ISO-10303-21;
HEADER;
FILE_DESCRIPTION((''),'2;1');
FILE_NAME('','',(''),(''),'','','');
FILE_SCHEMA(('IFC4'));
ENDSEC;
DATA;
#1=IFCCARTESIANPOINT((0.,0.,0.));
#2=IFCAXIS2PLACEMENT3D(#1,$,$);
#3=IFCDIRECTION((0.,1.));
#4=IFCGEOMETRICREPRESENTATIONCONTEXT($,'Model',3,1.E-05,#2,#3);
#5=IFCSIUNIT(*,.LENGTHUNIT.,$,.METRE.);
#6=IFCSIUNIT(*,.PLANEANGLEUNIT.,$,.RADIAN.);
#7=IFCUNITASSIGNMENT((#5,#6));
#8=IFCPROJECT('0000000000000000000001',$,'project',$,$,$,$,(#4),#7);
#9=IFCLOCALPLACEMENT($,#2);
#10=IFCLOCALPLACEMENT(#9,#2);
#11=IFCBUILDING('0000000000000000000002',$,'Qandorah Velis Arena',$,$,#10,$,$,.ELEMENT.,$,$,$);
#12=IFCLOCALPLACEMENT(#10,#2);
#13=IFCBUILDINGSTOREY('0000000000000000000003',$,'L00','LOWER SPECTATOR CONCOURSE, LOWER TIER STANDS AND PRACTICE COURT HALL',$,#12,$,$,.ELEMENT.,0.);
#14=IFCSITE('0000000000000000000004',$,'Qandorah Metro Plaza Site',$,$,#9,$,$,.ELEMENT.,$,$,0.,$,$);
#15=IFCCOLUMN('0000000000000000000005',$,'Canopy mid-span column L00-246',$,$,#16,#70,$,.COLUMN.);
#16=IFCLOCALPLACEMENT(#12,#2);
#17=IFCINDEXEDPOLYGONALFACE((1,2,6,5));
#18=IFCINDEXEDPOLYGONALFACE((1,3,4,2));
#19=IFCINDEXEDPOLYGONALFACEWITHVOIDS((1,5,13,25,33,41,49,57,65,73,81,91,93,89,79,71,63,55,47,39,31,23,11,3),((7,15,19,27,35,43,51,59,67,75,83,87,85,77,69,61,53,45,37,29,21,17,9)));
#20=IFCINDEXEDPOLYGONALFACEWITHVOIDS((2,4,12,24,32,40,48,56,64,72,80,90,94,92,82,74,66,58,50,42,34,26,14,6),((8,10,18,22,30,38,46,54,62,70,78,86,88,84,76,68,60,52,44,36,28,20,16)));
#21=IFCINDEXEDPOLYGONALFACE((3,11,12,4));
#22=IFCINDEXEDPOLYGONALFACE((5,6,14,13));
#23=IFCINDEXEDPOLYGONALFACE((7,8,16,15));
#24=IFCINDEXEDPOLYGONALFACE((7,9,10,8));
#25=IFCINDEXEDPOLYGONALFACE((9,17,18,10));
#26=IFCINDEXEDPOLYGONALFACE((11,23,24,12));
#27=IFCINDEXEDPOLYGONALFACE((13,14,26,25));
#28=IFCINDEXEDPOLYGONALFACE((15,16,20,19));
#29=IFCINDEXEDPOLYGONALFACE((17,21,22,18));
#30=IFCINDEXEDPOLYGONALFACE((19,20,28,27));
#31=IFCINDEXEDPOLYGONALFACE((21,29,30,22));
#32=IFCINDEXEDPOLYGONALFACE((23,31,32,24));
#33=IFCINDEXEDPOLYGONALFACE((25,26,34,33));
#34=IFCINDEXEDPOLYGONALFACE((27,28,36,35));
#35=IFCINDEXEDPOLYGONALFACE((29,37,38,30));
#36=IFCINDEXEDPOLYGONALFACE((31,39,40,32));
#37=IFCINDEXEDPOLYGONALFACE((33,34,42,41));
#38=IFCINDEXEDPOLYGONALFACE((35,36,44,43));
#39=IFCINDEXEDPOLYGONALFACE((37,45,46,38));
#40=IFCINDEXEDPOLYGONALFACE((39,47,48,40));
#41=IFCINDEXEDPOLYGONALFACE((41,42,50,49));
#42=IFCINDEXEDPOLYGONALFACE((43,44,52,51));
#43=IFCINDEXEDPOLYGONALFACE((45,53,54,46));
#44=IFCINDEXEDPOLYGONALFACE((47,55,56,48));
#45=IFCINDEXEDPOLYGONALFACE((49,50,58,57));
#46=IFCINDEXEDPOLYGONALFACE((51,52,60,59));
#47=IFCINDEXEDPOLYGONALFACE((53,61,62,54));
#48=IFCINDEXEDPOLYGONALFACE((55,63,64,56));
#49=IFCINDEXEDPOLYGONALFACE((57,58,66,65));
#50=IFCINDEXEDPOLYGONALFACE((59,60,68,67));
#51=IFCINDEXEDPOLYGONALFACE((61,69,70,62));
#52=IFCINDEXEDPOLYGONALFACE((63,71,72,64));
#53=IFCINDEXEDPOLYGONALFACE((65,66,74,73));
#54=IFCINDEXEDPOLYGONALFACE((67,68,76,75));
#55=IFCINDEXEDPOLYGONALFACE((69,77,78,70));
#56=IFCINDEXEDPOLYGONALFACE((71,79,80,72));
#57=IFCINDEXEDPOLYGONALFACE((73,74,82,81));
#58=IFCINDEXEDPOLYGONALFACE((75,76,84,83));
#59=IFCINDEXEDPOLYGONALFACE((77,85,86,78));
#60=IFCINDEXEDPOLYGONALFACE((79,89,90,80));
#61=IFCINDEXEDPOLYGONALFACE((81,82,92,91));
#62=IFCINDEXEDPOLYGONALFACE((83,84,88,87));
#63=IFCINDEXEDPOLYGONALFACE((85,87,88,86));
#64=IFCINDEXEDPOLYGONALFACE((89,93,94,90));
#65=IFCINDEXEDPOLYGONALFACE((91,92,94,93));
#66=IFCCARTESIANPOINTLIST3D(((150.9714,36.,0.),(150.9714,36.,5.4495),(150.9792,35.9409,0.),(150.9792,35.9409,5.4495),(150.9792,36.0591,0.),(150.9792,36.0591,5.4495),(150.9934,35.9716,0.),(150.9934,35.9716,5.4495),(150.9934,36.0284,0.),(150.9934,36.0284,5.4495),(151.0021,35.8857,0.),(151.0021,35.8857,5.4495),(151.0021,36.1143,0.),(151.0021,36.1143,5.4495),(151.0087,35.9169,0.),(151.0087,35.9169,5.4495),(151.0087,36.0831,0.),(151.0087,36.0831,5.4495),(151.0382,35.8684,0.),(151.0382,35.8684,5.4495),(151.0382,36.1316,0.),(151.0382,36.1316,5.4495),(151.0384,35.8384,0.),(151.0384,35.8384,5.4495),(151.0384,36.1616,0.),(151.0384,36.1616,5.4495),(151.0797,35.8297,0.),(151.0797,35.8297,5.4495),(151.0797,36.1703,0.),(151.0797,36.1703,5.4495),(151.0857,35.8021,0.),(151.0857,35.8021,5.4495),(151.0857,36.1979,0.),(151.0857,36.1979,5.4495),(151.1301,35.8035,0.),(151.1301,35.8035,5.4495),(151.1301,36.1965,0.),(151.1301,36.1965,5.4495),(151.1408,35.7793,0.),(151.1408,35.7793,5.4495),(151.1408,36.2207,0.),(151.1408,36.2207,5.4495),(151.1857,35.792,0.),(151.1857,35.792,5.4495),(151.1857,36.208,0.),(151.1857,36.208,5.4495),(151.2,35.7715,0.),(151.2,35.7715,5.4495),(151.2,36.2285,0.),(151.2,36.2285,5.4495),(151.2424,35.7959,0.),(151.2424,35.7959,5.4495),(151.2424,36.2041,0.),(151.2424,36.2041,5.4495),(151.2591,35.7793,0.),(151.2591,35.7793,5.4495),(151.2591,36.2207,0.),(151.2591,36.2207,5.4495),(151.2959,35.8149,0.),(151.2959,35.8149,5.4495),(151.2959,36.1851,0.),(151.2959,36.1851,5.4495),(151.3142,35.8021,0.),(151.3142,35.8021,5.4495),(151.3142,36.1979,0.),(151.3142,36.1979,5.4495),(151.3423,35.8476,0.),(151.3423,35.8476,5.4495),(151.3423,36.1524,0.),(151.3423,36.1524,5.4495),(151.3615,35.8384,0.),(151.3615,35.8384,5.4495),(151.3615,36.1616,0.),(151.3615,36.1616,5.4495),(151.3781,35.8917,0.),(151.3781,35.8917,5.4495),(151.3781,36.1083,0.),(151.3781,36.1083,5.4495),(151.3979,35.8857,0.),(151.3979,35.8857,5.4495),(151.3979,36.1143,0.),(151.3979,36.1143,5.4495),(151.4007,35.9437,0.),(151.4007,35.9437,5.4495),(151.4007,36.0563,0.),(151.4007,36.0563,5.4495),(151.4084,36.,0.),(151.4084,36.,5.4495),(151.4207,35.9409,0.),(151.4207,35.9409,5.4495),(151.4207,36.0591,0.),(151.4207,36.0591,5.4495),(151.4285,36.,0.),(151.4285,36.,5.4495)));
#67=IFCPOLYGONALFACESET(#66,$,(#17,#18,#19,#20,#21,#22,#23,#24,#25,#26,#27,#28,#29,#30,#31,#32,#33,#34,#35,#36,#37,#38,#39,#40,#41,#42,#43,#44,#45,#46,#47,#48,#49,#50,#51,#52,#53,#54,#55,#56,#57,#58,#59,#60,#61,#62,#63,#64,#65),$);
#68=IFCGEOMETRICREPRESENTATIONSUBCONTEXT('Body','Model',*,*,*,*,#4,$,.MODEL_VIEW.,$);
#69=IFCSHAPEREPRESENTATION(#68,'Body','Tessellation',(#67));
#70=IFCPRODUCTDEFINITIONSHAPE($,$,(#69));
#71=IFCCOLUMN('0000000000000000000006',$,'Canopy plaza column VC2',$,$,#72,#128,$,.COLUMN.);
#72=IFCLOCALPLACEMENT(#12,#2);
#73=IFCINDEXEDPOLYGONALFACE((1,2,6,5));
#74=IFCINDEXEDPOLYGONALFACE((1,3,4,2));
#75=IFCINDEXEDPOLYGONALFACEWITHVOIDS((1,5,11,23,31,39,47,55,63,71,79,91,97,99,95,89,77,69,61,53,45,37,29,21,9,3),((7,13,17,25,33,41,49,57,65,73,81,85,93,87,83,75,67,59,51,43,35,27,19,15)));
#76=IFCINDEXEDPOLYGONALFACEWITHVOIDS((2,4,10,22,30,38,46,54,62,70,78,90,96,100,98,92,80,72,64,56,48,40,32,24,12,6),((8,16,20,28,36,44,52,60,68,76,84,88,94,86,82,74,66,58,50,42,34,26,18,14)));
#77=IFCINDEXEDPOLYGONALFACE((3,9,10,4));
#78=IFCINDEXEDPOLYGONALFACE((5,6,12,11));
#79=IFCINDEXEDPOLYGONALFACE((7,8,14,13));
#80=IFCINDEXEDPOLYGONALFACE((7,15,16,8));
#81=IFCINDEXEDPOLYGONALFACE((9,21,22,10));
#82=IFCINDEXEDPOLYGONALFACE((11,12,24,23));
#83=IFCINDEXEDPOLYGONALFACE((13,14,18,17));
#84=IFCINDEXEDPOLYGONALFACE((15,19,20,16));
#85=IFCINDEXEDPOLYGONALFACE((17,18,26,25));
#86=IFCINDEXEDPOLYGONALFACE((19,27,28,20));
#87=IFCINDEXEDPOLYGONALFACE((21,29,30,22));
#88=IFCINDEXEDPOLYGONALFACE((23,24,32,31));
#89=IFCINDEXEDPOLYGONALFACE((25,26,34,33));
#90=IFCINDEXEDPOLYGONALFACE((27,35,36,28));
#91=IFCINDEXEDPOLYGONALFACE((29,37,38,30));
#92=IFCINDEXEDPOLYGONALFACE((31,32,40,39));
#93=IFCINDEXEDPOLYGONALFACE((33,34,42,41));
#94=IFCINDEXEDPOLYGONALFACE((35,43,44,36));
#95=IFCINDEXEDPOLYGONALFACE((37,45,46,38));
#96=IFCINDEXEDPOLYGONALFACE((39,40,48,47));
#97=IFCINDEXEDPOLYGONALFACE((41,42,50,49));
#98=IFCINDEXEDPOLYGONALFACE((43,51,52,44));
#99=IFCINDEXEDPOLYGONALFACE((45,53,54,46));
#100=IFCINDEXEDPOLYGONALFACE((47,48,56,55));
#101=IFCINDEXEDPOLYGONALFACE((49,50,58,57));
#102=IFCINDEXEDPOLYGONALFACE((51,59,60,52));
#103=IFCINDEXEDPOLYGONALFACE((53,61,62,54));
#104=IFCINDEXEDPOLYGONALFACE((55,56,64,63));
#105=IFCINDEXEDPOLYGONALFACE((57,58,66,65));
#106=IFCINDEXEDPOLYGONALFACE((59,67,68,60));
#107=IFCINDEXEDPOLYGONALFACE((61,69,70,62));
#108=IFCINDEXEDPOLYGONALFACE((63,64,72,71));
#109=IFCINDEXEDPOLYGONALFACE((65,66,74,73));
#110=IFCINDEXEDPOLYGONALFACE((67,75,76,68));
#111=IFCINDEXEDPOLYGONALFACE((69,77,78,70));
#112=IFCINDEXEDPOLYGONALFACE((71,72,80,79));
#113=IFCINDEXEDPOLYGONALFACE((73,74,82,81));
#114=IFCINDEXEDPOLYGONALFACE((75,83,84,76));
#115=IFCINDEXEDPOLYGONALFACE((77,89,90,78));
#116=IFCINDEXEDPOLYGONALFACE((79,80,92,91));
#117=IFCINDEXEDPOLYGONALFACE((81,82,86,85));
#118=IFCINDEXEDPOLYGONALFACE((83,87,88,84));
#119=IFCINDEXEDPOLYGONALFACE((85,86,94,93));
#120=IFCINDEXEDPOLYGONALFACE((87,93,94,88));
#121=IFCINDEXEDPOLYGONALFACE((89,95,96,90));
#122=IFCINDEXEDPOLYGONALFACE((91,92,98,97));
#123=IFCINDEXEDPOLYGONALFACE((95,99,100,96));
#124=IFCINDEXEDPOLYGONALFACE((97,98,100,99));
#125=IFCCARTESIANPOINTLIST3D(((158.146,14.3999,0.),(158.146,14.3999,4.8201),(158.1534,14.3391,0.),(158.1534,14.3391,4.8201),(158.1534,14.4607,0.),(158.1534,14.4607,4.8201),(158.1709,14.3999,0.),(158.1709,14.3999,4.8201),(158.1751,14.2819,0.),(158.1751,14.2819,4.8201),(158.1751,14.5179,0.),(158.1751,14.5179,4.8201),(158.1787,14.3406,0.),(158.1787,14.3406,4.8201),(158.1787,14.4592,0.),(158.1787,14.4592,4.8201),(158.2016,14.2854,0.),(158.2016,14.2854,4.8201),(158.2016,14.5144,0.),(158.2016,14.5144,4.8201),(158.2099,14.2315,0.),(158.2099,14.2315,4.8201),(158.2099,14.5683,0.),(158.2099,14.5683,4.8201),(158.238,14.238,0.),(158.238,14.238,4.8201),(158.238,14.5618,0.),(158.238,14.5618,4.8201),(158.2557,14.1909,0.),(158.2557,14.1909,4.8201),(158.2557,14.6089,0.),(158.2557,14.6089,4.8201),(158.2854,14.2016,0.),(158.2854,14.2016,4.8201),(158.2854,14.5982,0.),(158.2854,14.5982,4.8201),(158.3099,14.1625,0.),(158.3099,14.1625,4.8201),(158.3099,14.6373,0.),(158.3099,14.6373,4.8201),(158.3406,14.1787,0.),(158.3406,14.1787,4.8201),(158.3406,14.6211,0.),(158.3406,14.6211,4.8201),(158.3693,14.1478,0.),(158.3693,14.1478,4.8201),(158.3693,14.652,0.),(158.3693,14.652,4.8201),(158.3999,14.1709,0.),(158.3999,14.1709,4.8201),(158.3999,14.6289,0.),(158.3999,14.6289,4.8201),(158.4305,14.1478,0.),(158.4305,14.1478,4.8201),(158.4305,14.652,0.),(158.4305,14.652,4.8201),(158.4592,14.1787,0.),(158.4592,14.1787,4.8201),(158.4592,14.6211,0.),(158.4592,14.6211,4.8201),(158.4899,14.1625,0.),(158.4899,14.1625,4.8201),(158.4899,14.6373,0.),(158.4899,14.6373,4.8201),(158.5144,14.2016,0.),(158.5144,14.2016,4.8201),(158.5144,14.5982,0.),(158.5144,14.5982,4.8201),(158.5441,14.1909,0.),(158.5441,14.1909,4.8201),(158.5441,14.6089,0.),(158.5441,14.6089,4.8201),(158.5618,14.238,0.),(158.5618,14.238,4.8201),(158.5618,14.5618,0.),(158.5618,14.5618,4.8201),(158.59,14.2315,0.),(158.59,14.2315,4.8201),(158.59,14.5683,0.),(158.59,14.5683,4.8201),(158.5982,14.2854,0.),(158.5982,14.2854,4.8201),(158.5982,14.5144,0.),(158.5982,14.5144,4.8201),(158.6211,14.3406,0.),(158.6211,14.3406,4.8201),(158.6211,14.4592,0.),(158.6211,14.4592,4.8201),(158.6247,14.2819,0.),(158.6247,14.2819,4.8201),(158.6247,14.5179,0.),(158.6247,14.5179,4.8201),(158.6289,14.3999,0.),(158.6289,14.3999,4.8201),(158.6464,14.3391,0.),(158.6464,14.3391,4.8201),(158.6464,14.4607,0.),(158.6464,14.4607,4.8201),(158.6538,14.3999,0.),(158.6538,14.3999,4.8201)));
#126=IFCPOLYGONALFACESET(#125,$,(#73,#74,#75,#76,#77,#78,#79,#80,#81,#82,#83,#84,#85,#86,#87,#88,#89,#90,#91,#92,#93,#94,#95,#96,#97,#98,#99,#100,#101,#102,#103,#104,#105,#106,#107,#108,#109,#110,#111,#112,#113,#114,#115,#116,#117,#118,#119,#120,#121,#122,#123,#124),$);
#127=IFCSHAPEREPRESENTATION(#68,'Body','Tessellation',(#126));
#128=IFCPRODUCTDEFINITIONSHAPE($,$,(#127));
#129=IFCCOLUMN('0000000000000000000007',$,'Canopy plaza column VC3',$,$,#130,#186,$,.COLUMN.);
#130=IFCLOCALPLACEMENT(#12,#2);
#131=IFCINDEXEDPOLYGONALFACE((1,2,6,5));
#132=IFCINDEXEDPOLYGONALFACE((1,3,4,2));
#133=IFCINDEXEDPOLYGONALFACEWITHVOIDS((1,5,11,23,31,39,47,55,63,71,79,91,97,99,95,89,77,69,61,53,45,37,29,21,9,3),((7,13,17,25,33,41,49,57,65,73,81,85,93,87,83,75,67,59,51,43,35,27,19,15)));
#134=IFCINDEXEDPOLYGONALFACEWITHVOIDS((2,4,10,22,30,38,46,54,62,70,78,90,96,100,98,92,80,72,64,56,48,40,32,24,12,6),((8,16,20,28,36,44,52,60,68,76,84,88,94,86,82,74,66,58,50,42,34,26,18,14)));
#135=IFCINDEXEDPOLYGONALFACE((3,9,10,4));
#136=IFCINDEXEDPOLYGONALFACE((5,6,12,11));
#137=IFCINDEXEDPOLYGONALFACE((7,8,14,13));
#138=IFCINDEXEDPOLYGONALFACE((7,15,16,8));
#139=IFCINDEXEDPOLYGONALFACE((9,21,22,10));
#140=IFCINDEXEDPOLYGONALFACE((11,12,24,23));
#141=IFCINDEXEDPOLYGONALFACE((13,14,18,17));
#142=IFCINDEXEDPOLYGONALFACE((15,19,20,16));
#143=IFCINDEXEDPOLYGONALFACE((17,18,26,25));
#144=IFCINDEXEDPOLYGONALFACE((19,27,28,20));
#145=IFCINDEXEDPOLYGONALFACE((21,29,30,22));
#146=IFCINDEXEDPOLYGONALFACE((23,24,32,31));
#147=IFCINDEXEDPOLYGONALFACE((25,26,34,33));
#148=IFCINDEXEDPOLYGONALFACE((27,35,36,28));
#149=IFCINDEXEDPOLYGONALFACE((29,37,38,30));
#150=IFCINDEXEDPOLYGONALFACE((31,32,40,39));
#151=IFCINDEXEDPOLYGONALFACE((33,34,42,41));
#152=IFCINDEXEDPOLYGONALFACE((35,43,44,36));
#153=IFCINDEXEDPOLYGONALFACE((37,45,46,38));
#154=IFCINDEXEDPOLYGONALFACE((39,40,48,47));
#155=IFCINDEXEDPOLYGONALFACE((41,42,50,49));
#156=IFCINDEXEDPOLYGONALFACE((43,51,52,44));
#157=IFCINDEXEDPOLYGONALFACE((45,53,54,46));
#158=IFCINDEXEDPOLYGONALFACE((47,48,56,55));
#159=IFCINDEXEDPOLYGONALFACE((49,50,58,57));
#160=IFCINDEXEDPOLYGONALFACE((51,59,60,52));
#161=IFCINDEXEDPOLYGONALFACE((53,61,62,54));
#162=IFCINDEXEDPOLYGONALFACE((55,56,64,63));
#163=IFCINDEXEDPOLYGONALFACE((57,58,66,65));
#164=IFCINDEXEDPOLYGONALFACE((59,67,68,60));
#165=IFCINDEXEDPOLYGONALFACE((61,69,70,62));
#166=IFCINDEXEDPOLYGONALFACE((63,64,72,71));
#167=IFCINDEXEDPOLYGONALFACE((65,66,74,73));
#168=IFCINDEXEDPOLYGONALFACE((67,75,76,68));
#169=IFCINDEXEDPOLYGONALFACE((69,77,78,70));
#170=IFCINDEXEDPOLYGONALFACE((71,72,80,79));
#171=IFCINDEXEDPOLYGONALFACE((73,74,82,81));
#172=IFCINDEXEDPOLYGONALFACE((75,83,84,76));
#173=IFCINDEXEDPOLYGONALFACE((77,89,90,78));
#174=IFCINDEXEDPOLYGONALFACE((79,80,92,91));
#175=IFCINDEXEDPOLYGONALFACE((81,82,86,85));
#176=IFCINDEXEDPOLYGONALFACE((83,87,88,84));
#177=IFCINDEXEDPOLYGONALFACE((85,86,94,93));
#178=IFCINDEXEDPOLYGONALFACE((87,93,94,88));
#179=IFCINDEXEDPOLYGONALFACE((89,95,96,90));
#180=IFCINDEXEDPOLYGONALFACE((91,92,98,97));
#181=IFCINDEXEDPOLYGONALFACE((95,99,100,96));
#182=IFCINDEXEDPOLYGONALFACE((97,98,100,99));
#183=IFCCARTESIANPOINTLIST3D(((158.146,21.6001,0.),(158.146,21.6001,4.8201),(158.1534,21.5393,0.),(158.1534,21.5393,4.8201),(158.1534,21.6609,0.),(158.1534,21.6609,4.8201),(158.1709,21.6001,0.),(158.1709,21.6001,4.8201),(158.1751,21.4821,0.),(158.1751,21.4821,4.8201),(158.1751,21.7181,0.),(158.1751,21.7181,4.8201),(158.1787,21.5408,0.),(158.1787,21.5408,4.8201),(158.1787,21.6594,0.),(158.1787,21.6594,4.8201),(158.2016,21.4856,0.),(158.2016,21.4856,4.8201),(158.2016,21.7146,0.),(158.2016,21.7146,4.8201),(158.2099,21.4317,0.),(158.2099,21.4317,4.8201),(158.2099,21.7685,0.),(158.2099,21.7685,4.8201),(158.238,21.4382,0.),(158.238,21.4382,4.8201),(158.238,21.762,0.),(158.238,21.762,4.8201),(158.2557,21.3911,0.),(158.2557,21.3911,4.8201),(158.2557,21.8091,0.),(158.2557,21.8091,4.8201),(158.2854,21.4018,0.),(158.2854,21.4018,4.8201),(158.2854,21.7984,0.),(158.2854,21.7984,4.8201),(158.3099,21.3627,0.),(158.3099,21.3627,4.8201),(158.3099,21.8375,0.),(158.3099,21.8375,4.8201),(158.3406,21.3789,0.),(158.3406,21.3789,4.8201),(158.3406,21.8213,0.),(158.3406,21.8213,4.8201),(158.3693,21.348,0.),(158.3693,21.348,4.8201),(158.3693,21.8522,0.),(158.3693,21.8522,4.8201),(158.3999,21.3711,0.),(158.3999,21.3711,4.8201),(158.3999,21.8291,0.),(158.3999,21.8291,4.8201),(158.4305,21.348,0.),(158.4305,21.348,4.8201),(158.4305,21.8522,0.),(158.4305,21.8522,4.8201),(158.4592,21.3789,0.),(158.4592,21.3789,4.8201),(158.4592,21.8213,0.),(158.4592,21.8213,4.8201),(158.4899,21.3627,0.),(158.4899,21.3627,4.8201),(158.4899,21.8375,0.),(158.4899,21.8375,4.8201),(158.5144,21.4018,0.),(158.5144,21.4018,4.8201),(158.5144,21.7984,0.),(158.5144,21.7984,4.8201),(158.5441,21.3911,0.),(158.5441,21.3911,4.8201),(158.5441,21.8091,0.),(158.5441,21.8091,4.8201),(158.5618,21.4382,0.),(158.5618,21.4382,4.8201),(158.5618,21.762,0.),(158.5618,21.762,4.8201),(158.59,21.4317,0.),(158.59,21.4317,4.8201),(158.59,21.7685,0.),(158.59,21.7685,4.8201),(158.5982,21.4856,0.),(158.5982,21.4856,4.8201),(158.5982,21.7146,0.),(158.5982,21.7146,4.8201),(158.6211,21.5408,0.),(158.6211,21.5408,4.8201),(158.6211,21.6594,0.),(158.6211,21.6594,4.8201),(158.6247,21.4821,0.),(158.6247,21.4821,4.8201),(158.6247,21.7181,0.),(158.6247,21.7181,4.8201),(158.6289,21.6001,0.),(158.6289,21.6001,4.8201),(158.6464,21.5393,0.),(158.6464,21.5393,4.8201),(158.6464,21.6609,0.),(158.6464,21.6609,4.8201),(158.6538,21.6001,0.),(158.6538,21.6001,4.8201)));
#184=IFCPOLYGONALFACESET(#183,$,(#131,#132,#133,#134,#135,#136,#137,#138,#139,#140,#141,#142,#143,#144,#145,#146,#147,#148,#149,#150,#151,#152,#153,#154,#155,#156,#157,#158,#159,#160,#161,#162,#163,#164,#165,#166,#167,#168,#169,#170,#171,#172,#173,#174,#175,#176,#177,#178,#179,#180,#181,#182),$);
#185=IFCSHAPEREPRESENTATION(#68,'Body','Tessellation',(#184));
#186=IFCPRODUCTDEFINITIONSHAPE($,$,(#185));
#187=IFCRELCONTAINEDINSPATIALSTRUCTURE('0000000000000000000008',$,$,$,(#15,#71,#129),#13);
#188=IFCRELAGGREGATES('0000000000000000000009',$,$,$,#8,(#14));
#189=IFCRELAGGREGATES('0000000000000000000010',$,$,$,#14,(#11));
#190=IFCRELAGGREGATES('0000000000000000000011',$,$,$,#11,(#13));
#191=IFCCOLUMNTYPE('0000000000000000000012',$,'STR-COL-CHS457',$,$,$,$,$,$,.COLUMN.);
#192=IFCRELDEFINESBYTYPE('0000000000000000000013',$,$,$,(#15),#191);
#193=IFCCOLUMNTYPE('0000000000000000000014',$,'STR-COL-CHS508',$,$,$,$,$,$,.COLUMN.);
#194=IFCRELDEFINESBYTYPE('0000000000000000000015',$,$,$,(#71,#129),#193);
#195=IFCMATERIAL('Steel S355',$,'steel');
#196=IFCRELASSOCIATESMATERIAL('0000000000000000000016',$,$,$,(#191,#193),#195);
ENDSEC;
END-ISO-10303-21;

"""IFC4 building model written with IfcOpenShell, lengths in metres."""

from ifc_helpers import new_model, si_unit, direction, frame, origin, origin_2d, place, context, subcontext, project, spatial, hollow_circle, extrude, material, material_profile, profile_set, type_object, element, save


model = new_model("IFC4")

# Units and contexts
model_context = context("Model", 3, precision=1e-05, world=origin(), true_north=direction((0.0, 1.0)))
body_context = subcontext(model_context, "Body", "Model", "MODEL_VIEW")
ifc_project = project(units=[si_unit("LENGTHUNIT", "METRE"), si_unit("PLANEANGLEUNIT", "RADIAN")], contexts=[model_context])

# Site, building, storey
site_placement = place(None, origin())
site = spatial("IfcSite", under=ifc_project, at=site_placement, Name="Qandorah Metro Plaza Site", CompositionType="ELEMENT", RefElevation=0.0)
building_placement = place(site_placement, origin())
building = spatial("IfcBuilding", under=site, at=building_placement, Name="Qandorah Velis Arena", CompositionType="ELEMENT")
storey_placement = place(building_placement, origin())
storey = spatial("IfcBuildingStorey", under=building, at=storey_placement, Name="L00", Description="LOWER SPECTATOR CONCOURSE, LOWER TIER STANDS AND PRACTICE COURT HALL", CompositionType="ELEMENT", Elevation=0.0)

# Columns
ifc_material_1 = material(Name="Steel S355", Category="steel")
ifc_material_profile_1 = material_profile(ifc_material_1, hollow_circle(Radius=0.2285, WallThickness=0.02, at=origin_2d()), Name="CHS 457x20")
ifc_profile_set_1 = profile_set([ifc_material_profile_1], Name="Steel S355")
column_type_1 = type_object("IfcColumnType", Name="STR-COL-CHS457", PredefinedType="COLUMN", material=ifc_profile_set_1)
for number, where, z_axis, x_axis, name in (
    (1, (151.2, 36.0, 0.0), (0.0, 0.0, 1.0), (1.0, 0.0, 0.0), "Canopy mid-span column L00-246"),
):
    element("IfcColumn", number, at=place(storey_placement, frame(where, z_axis=z_axis, x_axis=x_axis)), inside=storey, type_object=column_type_1, Name=name, PredefinedType="COLUMN", context=body_context, shape_type="SweptSolid", body=[
        extrude(hollow_circle(Radius=0.2285, WallThickness=0.02, at=origin_2d()), origin(), (0.0, 0.0, 1.0), 5.4495),
    ])
ifc_material_profile_2 = material_profile(ifc_material_1, hollow_circle(Radius=0.2539, WallThickness=0.0249, at=origin_2d()), Name="CHS 508x25")
ifc_profile_set_2 = profile_set([ifc_material_profile_2], Name="Steel S355")
column_type_2 = type_object("IfcColumnType", Name="STR-COL-CHS508", PredefinedType="COLUMN", material=ifc_profile_set_2)
for number, where, z_axis, x_axis, name in (
    (2, (158.3999, 14.3999, 0.0), (0.0, 0.0, 1.0), (1.0, 0.0, 0.0), "Canopy plaza column VC2"),
    (3, (158.3999, 21.6001, 0.0), (0.0, 0.0, 1.0), (1.0, 0.0, 0.0), "Canopy plaza column VC3"),
):
    element("IfcColumn", number, at=place(storey_placement, frame(where, z_axis=z_axis, x_axis=x_axis)), inside=storey, type_object=column_type_2, Name=name, PredefinedType="COLUMN", context=body_context, shape_type="SweptSolid", body=[
        extrude(hollow_circle(Radius=0.2539, WallThickness=0.0249, at=origin_2d()), origin(), (0.0, 0.0, 1.0), 4.8201),
    ])

save(model, "model.ifc")
